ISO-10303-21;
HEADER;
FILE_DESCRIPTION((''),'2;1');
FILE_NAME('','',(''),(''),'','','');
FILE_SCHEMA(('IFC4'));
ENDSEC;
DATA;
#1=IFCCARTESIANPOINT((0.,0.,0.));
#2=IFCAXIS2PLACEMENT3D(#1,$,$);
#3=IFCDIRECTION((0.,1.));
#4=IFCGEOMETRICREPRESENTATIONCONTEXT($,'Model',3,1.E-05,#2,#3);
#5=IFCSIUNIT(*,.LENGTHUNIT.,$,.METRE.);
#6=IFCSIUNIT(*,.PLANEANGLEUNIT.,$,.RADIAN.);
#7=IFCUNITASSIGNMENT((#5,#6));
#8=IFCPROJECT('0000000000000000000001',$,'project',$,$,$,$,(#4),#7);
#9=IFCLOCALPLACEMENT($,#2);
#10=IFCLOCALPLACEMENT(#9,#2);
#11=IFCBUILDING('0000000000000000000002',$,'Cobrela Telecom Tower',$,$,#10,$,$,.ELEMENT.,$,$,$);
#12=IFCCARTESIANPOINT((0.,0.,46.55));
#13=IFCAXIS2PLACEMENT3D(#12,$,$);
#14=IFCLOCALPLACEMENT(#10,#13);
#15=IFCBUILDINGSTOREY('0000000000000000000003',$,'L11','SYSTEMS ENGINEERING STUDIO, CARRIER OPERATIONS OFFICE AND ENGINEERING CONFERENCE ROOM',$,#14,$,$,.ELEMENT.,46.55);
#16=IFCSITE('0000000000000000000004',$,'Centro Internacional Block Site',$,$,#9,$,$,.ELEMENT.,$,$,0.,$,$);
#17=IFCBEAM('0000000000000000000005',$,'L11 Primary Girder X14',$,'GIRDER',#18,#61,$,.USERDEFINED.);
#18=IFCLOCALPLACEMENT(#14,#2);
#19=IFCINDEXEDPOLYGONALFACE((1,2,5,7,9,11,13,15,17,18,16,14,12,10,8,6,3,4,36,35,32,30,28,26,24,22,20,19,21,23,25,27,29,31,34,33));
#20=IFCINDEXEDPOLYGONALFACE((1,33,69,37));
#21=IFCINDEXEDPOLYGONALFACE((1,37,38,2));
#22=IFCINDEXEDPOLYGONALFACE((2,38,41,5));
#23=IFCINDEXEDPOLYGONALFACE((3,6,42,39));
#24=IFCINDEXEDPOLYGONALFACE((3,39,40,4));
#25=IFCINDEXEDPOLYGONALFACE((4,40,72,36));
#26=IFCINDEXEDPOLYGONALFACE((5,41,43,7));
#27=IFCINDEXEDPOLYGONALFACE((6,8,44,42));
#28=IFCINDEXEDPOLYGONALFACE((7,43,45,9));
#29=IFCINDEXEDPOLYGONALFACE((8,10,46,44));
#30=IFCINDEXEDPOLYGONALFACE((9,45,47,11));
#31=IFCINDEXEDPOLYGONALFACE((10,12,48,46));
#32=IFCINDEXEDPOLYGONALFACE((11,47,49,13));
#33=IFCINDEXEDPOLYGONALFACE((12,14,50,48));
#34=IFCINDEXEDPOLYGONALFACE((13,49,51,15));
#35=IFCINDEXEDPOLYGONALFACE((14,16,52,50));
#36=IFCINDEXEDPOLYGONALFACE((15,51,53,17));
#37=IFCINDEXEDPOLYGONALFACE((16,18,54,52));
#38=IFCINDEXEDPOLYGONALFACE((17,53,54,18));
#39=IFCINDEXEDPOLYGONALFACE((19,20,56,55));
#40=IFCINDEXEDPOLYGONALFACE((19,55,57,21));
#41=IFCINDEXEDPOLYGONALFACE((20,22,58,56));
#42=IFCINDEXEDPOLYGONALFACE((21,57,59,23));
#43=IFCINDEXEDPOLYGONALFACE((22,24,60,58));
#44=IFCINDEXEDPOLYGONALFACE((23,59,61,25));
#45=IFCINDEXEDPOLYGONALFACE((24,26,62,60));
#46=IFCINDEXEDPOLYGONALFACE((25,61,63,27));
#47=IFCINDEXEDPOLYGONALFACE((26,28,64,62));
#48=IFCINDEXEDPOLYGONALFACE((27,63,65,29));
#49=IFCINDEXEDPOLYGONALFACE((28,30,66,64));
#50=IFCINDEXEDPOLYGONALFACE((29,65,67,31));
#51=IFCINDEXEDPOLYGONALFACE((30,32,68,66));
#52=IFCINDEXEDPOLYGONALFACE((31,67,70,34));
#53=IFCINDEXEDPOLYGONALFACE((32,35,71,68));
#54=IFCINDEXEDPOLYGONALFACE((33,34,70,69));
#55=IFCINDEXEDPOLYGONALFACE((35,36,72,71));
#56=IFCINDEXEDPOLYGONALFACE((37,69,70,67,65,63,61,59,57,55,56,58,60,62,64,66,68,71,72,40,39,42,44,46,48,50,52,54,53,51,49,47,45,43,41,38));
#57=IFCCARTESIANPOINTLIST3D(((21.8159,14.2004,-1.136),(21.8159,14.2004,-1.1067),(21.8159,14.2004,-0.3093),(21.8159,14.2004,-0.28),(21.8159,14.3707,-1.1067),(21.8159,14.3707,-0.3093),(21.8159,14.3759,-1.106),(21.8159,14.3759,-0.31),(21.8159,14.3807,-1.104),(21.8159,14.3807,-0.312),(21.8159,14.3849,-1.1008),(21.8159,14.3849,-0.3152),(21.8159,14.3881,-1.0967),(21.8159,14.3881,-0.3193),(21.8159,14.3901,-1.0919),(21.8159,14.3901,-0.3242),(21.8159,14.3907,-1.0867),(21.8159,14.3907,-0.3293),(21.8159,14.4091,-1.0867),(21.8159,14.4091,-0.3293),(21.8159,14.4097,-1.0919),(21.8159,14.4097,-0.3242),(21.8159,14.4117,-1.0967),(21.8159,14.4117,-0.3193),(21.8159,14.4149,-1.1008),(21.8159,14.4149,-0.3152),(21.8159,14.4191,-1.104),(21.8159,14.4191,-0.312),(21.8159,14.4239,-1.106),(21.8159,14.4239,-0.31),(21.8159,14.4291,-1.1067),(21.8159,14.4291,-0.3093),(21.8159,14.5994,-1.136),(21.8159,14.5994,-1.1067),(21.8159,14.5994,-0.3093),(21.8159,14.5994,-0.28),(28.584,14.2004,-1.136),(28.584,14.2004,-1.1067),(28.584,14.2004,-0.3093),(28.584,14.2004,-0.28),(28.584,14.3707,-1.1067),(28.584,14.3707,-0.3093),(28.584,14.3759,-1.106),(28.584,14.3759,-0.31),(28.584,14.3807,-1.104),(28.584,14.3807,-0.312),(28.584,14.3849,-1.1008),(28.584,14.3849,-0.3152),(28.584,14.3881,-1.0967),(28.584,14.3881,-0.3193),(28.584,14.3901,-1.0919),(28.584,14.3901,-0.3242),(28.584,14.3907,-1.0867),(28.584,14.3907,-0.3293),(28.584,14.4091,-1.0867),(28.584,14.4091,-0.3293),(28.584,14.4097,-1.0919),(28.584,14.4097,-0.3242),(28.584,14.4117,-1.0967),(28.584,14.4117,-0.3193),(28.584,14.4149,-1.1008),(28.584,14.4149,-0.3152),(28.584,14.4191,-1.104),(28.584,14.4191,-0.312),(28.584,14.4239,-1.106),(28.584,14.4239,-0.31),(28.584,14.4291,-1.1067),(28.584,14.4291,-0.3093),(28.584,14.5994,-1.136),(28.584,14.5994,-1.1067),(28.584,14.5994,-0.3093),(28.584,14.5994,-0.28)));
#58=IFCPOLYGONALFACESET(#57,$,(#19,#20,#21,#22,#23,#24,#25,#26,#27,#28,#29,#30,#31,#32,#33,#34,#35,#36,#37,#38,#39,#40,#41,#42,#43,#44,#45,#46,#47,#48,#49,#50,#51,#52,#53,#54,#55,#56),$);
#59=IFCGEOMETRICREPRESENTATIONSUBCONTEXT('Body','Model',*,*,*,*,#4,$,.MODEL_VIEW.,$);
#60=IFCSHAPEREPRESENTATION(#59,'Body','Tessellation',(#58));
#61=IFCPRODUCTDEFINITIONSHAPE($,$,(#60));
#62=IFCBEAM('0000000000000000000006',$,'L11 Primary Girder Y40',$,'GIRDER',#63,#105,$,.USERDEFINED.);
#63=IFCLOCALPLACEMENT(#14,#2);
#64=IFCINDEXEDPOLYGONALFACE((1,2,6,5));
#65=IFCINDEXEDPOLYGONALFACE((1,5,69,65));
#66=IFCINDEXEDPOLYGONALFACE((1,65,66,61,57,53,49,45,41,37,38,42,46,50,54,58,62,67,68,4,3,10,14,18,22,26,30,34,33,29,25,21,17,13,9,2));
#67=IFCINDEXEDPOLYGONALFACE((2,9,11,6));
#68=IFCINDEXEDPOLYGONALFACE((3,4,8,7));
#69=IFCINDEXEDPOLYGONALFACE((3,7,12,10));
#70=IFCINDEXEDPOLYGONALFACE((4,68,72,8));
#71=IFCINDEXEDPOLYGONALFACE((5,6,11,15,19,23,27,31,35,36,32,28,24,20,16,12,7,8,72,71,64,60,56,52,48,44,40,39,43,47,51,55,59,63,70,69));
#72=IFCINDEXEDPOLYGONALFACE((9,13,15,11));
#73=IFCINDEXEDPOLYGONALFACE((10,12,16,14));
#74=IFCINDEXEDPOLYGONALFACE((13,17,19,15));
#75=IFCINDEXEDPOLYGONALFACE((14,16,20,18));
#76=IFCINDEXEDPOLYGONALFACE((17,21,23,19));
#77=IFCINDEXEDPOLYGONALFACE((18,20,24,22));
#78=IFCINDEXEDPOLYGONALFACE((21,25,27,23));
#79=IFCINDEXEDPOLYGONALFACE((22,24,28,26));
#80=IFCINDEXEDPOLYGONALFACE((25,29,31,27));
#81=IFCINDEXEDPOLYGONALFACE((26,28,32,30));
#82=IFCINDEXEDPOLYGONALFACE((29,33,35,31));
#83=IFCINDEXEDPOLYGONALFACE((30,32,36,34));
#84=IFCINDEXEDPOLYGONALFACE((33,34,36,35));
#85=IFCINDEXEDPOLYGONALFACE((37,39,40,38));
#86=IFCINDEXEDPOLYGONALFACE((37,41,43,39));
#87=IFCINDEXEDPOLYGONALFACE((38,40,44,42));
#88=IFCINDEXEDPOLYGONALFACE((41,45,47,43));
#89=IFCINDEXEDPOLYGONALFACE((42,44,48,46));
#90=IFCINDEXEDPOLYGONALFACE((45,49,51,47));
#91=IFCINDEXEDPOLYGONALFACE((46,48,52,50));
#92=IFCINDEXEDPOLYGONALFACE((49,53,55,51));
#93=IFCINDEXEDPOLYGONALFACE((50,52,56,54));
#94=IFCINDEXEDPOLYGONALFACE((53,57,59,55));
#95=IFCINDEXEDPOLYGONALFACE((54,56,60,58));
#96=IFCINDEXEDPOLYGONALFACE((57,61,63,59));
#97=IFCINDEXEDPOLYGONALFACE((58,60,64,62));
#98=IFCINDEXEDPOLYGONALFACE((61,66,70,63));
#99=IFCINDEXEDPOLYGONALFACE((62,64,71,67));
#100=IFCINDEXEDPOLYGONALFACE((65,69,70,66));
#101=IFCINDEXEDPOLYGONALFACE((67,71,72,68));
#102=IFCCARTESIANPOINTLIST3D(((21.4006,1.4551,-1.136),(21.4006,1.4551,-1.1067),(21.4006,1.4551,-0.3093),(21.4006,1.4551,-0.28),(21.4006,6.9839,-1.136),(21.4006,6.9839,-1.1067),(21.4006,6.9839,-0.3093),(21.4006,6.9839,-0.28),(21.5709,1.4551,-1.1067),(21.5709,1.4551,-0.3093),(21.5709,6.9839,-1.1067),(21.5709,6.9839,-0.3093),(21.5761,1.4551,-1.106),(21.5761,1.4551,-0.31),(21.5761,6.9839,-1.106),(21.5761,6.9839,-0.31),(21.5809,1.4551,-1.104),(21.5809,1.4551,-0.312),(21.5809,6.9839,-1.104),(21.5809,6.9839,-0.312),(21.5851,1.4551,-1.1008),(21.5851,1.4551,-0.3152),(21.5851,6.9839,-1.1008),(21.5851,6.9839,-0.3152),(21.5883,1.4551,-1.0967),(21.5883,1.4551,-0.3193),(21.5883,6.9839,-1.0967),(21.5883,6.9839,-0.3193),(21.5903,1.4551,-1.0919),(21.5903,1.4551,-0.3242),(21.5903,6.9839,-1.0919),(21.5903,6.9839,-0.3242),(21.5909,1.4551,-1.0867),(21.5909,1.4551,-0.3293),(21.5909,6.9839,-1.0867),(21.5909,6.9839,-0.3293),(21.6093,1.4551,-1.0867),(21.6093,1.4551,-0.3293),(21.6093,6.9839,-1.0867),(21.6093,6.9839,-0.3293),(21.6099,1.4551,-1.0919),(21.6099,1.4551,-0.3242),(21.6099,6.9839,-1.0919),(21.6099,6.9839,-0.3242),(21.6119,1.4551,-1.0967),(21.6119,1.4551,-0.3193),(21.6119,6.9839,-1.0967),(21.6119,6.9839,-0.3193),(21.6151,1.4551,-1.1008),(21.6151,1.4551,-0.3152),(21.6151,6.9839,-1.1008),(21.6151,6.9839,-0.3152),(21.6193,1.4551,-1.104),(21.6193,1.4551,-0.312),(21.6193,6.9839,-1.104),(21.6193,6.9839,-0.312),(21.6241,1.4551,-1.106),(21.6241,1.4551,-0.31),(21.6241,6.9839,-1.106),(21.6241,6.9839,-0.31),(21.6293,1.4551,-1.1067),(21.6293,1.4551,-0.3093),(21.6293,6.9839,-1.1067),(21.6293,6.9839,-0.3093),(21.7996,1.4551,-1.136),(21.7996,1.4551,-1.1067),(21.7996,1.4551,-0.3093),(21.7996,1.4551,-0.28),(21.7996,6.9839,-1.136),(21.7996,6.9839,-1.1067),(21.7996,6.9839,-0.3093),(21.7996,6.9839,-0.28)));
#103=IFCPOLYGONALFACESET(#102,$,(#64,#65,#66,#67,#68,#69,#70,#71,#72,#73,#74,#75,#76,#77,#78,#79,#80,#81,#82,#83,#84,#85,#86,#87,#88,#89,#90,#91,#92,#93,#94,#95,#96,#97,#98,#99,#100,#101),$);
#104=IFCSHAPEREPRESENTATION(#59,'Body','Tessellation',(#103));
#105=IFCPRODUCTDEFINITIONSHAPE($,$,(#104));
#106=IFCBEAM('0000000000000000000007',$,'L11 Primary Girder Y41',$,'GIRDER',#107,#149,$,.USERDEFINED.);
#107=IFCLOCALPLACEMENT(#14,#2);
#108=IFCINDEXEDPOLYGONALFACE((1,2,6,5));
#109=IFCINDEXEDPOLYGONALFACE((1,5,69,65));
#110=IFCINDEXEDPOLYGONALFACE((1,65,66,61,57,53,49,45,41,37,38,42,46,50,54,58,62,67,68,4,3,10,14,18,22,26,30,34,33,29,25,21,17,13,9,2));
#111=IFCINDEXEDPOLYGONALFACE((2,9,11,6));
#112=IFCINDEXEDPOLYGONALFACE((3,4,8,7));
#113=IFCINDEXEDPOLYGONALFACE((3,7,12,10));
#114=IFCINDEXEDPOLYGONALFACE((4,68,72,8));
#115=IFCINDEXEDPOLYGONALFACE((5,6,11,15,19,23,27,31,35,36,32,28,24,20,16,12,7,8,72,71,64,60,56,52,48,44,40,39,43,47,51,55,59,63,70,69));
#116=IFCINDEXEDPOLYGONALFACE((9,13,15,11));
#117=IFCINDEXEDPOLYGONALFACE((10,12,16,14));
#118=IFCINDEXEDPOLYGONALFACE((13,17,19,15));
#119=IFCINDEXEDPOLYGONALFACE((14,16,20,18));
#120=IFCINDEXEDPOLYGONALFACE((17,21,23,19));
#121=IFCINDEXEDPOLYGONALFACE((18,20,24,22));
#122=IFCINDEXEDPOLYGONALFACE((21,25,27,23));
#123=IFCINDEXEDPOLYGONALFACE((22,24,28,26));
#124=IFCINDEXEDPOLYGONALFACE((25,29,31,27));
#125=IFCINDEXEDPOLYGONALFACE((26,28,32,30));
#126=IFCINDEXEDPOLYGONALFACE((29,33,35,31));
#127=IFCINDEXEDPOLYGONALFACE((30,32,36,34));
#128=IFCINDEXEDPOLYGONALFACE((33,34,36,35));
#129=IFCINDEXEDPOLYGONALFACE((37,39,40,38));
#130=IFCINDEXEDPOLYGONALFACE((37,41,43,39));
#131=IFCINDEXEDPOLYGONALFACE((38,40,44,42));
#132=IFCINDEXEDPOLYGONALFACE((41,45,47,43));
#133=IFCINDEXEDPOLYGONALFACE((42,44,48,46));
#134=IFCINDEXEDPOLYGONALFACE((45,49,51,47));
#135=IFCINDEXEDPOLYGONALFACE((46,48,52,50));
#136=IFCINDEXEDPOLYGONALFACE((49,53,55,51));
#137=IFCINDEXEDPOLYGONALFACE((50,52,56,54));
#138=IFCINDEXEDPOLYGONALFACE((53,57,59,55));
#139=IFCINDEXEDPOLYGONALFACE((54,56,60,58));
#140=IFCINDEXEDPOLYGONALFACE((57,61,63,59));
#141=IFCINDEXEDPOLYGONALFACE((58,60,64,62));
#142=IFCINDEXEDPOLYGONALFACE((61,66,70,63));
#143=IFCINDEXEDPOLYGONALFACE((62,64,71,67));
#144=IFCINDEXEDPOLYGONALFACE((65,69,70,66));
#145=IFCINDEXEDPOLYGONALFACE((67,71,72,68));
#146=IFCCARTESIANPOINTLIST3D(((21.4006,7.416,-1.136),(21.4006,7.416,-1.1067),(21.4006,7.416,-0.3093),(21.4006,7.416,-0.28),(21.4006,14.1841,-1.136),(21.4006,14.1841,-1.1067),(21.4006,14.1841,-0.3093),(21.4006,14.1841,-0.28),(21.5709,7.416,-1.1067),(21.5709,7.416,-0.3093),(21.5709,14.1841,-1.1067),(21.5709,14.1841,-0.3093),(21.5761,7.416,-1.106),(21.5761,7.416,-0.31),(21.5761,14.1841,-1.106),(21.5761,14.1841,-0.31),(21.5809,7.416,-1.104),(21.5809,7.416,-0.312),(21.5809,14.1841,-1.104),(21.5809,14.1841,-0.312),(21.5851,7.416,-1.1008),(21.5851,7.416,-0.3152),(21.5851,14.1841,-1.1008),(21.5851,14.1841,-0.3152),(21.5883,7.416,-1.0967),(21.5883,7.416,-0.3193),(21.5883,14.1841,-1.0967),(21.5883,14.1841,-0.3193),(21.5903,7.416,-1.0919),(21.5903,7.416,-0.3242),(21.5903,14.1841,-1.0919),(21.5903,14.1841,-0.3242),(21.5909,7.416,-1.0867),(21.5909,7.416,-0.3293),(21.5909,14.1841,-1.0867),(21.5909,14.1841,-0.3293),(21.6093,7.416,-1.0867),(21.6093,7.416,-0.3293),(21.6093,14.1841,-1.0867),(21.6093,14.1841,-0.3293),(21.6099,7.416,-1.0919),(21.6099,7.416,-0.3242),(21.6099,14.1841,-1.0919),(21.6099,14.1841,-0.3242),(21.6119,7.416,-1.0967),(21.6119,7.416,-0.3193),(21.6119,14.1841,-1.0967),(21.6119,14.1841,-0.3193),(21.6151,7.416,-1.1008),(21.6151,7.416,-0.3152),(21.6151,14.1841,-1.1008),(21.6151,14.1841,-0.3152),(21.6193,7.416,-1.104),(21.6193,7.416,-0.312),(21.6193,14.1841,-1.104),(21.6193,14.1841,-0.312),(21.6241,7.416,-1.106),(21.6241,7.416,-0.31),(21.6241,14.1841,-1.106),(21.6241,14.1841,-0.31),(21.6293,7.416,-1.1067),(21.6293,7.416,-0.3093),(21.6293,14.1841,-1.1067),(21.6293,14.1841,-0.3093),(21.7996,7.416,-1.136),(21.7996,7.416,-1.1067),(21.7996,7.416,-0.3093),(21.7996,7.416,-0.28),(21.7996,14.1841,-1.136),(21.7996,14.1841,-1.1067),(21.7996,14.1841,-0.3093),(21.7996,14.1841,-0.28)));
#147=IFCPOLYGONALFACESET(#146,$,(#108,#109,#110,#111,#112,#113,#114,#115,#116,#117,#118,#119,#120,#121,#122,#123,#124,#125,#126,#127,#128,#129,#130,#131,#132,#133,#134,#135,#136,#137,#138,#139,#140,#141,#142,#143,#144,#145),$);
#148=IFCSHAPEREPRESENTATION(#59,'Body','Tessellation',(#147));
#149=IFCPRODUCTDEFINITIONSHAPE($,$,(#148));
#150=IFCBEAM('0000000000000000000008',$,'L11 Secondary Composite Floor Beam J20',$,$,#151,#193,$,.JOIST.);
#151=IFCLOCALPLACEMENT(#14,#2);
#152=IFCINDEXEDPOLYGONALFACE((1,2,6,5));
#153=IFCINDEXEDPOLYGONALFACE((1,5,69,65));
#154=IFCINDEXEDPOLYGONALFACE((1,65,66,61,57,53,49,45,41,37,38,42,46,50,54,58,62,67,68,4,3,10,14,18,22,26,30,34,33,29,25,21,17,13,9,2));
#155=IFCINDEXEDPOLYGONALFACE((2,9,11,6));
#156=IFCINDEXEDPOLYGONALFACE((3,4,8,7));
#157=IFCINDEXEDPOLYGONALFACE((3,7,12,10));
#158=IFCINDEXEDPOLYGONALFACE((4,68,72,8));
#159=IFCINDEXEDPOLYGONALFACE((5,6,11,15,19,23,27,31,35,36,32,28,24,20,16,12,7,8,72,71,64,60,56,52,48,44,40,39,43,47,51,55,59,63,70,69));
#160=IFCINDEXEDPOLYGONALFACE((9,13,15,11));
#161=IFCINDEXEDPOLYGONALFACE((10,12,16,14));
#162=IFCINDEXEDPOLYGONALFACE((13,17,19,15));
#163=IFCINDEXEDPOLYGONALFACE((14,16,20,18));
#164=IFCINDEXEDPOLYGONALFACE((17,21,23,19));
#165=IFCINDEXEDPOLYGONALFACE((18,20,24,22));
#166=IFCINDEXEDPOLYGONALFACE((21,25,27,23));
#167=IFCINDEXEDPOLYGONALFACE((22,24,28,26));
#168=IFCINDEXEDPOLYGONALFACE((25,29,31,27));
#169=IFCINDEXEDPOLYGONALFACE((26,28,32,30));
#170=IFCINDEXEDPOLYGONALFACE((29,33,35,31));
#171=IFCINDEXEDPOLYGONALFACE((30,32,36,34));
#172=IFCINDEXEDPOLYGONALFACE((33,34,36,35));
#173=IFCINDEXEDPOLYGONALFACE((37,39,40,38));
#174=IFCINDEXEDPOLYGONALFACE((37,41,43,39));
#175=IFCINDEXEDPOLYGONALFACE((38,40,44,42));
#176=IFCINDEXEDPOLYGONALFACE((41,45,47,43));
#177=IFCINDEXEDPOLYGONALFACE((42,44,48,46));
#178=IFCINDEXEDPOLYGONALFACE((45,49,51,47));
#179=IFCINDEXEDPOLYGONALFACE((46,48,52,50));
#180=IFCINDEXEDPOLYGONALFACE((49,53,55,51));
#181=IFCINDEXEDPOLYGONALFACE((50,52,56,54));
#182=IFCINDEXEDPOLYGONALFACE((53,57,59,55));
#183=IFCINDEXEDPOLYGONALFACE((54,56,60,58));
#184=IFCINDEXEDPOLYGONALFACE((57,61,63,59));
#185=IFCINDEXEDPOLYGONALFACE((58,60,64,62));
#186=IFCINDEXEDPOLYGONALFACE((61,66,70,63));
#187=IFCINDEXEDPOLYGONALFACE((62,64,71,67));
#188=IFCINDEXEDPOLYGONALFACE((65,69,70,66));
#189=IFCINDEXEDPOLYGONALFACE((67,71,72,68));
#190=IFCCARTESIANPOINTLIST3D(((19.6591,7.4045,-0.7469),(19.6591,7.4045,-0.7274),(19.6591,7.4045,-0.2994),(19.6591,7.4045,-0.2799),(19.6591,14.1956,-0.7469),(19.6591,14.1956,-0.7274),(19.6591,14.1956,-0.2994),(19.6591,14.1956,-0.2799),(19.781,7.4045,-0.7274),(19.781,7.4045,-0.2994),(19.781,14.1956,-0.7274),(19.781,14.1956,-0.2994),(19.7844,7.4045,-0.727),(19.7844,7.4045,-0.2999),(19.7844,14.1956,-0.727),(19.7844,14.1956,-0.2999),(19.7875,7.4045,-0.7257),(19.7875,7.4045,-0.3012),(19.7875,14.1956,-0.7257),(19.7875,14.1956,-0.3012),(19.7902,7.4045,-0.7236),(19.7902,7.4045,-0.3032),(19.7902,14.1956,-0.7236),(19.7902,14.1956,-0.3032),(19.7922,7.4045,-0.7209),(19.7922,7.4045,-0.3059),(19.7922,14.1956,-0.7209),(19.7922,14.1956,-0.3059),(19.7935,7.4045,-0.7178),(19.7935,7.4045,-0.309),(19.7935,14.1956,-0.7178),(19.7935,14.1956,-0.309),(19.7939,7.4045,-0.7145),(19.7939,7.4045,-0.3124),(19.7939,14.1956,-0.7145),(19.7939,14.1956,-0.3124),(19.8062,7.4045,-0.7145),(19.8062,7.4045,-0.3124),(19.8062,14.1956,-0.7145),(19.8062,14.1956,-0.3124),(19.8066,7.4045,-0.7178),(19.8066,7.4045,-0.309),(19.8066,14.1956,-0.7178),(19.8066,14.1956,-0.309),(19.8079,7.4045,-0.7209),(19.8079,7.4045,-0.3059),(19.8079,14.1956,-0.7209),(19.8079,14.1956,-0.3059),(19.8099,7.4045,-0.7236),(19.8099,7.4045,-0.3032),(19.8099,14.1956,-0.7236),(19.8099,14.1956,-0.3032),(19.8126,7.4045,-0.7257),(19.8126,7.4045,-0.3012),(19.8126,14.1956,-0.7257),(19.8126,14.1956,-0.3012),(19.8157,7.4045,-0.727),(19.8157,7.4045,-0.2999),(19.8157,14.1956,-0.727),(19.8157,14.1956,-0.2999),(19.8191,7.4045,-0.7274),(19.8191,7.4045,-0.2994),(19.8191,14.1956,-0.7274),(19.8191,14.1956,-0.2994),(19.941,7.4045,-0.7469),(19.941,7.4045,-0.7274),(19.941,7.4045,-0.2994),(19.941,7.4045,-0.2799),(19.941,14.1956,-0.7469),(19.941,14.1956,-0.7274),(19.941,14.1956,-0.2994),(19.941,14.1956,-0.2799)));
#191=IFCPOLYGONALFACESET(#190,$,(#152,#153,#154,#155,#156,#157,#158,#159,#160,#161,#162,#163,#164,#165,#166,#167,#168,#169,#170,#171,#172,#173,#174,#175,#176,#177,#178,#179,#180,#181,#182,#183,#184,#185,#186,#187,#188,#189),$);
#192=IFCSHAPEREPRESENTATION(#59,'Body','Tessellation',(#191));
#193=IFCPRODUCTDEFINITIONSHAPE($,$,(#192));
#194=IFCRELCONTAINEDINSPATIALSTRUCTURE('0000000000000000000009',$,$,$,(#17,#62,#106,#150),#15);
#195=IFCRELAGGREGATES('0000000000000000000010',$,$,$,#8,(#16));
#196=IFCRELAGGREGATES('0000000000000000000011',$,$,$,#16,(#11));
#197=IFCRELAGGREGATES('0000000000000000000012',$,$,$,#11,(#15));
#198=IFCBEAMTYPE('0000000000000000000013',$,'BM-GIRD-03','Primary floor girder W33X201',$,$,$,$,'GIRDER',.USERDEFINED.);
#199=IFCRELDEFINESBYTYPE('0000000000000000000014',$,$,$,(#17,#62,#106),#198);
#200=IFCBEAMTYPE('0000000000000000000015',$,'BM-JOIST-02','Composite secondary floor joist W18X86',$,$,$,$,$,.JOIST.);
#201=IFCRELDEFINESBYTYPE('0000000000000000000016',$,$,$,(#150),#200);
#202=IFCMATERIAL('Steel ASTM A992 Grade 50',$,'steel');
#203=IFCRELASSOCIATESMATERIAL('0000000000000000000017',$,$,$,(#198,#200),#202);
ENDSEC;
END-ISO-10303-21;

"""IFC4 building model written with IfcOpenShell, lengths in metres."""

from ifc_helpers import new_model, si_unit, direction, frame, origin, origin_2d, place, context, subcontext, project, spatial, i_section, extrude, material, material_profile, profile_set, type_object, element, save


model = new_model("IFC4")

# Units and contexts
model_context = context("Model", 3, precision=1e-05, world=origin(), true_north=direction((0.0, 1.0)))
body_context = subcontext(model_context, "Body", "Model", "MODEL_VIEW")
ifc_project = project(units=[si_unit("LENGTHUNIT", "METRE"), si_unit("PLANEANGLEUNIT", "RADIAN")], contexts=[model_context])

# Site, building, storey
site_placement = place(None, origin())
site = spatial("IfcSite", under=ifc_project, at=site_placement, Name="Centro Internacional Block Site", CompositionType="ELEMENT", RefElevation=0.0)
building_placement = place(site_placement, origin())
building = spatial("IfcBuilding", under=site, at=building_placement, Name="Cobrela Telecom Tower", CompositionType="ELEMENT")
storey_placement = place(building_placement, frame((0.0, 0.0, 46.55)))
storey = spatial("IfcBuildingStorey", under=building, at=storey_placement, Name="L11", Description="SYSTEMS ENGINEERING STUDIO, CARRIER OPERATIONS OFFICE AND ENGINEERING CONFERENCE ROOM", CompositionType="ELEMENT", Elevation=46.55)

# Shared definitions
ifc_material_1 = material(Name="Steel ASTM A992 Grade 50", Category="steel")

# Beams
ifc_material_profile_1 = material_profile(ifc_material_1, i_section(OverallWidth=0.3989, OverallDepth=0.856, WebThickness=0.0183, FlangeThickness=0.0293, FilletRadius=0.02, at=origin_2d()), Name="W33X201")
ifc_profile_set_1 = profile_set([ifc_material_profile_1], Name="Steel ASTM A992 Grade 50")
beam_type_1 = type_object("IfcBeamType", Name="BM-GIRD-03", Description="Primary floor girder W33X201", ElementType="GIRDER", PredefinedType="USERDEFINED", material=ifc_profile_set_1)
for number, where, z_axis, x_axis, name in (
    (1, (21.8159, 14.3999, -0.708), (1.0, 0.0, 0.0), (0.0, 1.0, 0.0), "L11 Primary Girder X14"),
):
    element("IfcBeam", number, at=place(storey_placement, frame(where, z_axis=z_axis, x_axis=x_axis)), inside=storey, type_object=beam_type_1, Name=name, ObjectType="GIRDER", PredefinedType="USERDEFINED", context=body_context, shape_type="SweptSolid", body=[
        extrude(i_section(OverallWidth=0.3989, OverallDepth=0.856, WebThickness=0.0183, FlangeThickness=0.0293, FilletRadius=0.02, at=origin_2d()), origin(), (0.0, 0.0, 1.0), 6.7681),
    ])
beam_1_placement = place(storey_placement, frame((21.6001, 1.4551, -0.708), z_axis=(0.0, 1.0, 0.0), x_axis=(-1.0, 0.0, 0.0)))
element("IfcBeam", 2, at=beam_1_placement, inside=storey, type_object=beam_type_1, Name="L11 Primary Girder Y40", ObjectType="GIRDER", PredefinedType="USERDEFINED", context=body_context, shape_type="SweptSolid", body=[
    extrude(i_section(OverallWidth=0.3989, OverallDepth=0.856, WebThickness=0.0183, FlangeThickness=0.0293, FilletRadius=0.02, at=origin_2d()), origin(), (0.0, 0.0, 1.0), 5.5288),
])
beam_2_placement = place(storey_placement, frame((21.6001, 7.416, -0.708), z_axis=(0.0, 1.0, 0.0), x_axis=(-1.0, 0.0, 0.0)))
element("IfcBeam", 3, at=beam_2_placement, inside=storey, type_object=beam_type_1, Name="L11 Primary Girder Y41", ObjectType="GIRDER", PredefinedType="USERDEFINED", context=body_context, shape_type="SweptSolid", body=[
    extrude(i_section(OverallWidth=0.3989, OverallDepth=0.856, WebThickness=0.0183, FlangeThickness=0.0293, FilletRadius=0.02, at=origin_2d()), origin(), (0.0, 0.0, 1.0), 6.7681),
])
ifc_material_profile_2 = material_profile(ifc_material_1, i_section(OverallWidth=0.282, OverallDepth=0.467, WebThickness=0.0122, FlangeThickness=0.0195, FilletRadius=0.0129, at=origin_2d()), Name="W18X86")
ifc_profile_set_2 = profile_set([ifc_material_profile_2], Name="Steel ASTM A992 Grade 50")
beam_type_2 = type_object("IfcBeamType", Name="BM-JOIST-02", Description="Composite secondary floor joist W18X86", PredefinedType="JOIST", material=ifc_profile_set_2)
for number, where, z_axis, x_axis, name in (
    (4, (19.8, 7.4045, -0.5134), (0.0, 1.0, 0.0), (-1.0, 0.0, 0.0), "L11 Secondary Composite Floor Beam J20"),
):
    element("IfcBeam", number, at=place(storey_placement, frame(where, z_axis=z_axis, x_axis=x_axis)), inside=storey, type_object=beam_type_2, Name=name, PredefinedType="JOIST", context=body_context, shape_type="SweptSolid", body=[
        extrude(i_section(OverallWidth=0.282, OverallDepth=0.467, WebThickness=0.0122, FlangeThickness=0.0195, FilletRadius=0.0129, at=origin_2d()), origin(), (0.0, 0.0, 1.0), 6.791),
    ])

save(model, "model.ifc")
